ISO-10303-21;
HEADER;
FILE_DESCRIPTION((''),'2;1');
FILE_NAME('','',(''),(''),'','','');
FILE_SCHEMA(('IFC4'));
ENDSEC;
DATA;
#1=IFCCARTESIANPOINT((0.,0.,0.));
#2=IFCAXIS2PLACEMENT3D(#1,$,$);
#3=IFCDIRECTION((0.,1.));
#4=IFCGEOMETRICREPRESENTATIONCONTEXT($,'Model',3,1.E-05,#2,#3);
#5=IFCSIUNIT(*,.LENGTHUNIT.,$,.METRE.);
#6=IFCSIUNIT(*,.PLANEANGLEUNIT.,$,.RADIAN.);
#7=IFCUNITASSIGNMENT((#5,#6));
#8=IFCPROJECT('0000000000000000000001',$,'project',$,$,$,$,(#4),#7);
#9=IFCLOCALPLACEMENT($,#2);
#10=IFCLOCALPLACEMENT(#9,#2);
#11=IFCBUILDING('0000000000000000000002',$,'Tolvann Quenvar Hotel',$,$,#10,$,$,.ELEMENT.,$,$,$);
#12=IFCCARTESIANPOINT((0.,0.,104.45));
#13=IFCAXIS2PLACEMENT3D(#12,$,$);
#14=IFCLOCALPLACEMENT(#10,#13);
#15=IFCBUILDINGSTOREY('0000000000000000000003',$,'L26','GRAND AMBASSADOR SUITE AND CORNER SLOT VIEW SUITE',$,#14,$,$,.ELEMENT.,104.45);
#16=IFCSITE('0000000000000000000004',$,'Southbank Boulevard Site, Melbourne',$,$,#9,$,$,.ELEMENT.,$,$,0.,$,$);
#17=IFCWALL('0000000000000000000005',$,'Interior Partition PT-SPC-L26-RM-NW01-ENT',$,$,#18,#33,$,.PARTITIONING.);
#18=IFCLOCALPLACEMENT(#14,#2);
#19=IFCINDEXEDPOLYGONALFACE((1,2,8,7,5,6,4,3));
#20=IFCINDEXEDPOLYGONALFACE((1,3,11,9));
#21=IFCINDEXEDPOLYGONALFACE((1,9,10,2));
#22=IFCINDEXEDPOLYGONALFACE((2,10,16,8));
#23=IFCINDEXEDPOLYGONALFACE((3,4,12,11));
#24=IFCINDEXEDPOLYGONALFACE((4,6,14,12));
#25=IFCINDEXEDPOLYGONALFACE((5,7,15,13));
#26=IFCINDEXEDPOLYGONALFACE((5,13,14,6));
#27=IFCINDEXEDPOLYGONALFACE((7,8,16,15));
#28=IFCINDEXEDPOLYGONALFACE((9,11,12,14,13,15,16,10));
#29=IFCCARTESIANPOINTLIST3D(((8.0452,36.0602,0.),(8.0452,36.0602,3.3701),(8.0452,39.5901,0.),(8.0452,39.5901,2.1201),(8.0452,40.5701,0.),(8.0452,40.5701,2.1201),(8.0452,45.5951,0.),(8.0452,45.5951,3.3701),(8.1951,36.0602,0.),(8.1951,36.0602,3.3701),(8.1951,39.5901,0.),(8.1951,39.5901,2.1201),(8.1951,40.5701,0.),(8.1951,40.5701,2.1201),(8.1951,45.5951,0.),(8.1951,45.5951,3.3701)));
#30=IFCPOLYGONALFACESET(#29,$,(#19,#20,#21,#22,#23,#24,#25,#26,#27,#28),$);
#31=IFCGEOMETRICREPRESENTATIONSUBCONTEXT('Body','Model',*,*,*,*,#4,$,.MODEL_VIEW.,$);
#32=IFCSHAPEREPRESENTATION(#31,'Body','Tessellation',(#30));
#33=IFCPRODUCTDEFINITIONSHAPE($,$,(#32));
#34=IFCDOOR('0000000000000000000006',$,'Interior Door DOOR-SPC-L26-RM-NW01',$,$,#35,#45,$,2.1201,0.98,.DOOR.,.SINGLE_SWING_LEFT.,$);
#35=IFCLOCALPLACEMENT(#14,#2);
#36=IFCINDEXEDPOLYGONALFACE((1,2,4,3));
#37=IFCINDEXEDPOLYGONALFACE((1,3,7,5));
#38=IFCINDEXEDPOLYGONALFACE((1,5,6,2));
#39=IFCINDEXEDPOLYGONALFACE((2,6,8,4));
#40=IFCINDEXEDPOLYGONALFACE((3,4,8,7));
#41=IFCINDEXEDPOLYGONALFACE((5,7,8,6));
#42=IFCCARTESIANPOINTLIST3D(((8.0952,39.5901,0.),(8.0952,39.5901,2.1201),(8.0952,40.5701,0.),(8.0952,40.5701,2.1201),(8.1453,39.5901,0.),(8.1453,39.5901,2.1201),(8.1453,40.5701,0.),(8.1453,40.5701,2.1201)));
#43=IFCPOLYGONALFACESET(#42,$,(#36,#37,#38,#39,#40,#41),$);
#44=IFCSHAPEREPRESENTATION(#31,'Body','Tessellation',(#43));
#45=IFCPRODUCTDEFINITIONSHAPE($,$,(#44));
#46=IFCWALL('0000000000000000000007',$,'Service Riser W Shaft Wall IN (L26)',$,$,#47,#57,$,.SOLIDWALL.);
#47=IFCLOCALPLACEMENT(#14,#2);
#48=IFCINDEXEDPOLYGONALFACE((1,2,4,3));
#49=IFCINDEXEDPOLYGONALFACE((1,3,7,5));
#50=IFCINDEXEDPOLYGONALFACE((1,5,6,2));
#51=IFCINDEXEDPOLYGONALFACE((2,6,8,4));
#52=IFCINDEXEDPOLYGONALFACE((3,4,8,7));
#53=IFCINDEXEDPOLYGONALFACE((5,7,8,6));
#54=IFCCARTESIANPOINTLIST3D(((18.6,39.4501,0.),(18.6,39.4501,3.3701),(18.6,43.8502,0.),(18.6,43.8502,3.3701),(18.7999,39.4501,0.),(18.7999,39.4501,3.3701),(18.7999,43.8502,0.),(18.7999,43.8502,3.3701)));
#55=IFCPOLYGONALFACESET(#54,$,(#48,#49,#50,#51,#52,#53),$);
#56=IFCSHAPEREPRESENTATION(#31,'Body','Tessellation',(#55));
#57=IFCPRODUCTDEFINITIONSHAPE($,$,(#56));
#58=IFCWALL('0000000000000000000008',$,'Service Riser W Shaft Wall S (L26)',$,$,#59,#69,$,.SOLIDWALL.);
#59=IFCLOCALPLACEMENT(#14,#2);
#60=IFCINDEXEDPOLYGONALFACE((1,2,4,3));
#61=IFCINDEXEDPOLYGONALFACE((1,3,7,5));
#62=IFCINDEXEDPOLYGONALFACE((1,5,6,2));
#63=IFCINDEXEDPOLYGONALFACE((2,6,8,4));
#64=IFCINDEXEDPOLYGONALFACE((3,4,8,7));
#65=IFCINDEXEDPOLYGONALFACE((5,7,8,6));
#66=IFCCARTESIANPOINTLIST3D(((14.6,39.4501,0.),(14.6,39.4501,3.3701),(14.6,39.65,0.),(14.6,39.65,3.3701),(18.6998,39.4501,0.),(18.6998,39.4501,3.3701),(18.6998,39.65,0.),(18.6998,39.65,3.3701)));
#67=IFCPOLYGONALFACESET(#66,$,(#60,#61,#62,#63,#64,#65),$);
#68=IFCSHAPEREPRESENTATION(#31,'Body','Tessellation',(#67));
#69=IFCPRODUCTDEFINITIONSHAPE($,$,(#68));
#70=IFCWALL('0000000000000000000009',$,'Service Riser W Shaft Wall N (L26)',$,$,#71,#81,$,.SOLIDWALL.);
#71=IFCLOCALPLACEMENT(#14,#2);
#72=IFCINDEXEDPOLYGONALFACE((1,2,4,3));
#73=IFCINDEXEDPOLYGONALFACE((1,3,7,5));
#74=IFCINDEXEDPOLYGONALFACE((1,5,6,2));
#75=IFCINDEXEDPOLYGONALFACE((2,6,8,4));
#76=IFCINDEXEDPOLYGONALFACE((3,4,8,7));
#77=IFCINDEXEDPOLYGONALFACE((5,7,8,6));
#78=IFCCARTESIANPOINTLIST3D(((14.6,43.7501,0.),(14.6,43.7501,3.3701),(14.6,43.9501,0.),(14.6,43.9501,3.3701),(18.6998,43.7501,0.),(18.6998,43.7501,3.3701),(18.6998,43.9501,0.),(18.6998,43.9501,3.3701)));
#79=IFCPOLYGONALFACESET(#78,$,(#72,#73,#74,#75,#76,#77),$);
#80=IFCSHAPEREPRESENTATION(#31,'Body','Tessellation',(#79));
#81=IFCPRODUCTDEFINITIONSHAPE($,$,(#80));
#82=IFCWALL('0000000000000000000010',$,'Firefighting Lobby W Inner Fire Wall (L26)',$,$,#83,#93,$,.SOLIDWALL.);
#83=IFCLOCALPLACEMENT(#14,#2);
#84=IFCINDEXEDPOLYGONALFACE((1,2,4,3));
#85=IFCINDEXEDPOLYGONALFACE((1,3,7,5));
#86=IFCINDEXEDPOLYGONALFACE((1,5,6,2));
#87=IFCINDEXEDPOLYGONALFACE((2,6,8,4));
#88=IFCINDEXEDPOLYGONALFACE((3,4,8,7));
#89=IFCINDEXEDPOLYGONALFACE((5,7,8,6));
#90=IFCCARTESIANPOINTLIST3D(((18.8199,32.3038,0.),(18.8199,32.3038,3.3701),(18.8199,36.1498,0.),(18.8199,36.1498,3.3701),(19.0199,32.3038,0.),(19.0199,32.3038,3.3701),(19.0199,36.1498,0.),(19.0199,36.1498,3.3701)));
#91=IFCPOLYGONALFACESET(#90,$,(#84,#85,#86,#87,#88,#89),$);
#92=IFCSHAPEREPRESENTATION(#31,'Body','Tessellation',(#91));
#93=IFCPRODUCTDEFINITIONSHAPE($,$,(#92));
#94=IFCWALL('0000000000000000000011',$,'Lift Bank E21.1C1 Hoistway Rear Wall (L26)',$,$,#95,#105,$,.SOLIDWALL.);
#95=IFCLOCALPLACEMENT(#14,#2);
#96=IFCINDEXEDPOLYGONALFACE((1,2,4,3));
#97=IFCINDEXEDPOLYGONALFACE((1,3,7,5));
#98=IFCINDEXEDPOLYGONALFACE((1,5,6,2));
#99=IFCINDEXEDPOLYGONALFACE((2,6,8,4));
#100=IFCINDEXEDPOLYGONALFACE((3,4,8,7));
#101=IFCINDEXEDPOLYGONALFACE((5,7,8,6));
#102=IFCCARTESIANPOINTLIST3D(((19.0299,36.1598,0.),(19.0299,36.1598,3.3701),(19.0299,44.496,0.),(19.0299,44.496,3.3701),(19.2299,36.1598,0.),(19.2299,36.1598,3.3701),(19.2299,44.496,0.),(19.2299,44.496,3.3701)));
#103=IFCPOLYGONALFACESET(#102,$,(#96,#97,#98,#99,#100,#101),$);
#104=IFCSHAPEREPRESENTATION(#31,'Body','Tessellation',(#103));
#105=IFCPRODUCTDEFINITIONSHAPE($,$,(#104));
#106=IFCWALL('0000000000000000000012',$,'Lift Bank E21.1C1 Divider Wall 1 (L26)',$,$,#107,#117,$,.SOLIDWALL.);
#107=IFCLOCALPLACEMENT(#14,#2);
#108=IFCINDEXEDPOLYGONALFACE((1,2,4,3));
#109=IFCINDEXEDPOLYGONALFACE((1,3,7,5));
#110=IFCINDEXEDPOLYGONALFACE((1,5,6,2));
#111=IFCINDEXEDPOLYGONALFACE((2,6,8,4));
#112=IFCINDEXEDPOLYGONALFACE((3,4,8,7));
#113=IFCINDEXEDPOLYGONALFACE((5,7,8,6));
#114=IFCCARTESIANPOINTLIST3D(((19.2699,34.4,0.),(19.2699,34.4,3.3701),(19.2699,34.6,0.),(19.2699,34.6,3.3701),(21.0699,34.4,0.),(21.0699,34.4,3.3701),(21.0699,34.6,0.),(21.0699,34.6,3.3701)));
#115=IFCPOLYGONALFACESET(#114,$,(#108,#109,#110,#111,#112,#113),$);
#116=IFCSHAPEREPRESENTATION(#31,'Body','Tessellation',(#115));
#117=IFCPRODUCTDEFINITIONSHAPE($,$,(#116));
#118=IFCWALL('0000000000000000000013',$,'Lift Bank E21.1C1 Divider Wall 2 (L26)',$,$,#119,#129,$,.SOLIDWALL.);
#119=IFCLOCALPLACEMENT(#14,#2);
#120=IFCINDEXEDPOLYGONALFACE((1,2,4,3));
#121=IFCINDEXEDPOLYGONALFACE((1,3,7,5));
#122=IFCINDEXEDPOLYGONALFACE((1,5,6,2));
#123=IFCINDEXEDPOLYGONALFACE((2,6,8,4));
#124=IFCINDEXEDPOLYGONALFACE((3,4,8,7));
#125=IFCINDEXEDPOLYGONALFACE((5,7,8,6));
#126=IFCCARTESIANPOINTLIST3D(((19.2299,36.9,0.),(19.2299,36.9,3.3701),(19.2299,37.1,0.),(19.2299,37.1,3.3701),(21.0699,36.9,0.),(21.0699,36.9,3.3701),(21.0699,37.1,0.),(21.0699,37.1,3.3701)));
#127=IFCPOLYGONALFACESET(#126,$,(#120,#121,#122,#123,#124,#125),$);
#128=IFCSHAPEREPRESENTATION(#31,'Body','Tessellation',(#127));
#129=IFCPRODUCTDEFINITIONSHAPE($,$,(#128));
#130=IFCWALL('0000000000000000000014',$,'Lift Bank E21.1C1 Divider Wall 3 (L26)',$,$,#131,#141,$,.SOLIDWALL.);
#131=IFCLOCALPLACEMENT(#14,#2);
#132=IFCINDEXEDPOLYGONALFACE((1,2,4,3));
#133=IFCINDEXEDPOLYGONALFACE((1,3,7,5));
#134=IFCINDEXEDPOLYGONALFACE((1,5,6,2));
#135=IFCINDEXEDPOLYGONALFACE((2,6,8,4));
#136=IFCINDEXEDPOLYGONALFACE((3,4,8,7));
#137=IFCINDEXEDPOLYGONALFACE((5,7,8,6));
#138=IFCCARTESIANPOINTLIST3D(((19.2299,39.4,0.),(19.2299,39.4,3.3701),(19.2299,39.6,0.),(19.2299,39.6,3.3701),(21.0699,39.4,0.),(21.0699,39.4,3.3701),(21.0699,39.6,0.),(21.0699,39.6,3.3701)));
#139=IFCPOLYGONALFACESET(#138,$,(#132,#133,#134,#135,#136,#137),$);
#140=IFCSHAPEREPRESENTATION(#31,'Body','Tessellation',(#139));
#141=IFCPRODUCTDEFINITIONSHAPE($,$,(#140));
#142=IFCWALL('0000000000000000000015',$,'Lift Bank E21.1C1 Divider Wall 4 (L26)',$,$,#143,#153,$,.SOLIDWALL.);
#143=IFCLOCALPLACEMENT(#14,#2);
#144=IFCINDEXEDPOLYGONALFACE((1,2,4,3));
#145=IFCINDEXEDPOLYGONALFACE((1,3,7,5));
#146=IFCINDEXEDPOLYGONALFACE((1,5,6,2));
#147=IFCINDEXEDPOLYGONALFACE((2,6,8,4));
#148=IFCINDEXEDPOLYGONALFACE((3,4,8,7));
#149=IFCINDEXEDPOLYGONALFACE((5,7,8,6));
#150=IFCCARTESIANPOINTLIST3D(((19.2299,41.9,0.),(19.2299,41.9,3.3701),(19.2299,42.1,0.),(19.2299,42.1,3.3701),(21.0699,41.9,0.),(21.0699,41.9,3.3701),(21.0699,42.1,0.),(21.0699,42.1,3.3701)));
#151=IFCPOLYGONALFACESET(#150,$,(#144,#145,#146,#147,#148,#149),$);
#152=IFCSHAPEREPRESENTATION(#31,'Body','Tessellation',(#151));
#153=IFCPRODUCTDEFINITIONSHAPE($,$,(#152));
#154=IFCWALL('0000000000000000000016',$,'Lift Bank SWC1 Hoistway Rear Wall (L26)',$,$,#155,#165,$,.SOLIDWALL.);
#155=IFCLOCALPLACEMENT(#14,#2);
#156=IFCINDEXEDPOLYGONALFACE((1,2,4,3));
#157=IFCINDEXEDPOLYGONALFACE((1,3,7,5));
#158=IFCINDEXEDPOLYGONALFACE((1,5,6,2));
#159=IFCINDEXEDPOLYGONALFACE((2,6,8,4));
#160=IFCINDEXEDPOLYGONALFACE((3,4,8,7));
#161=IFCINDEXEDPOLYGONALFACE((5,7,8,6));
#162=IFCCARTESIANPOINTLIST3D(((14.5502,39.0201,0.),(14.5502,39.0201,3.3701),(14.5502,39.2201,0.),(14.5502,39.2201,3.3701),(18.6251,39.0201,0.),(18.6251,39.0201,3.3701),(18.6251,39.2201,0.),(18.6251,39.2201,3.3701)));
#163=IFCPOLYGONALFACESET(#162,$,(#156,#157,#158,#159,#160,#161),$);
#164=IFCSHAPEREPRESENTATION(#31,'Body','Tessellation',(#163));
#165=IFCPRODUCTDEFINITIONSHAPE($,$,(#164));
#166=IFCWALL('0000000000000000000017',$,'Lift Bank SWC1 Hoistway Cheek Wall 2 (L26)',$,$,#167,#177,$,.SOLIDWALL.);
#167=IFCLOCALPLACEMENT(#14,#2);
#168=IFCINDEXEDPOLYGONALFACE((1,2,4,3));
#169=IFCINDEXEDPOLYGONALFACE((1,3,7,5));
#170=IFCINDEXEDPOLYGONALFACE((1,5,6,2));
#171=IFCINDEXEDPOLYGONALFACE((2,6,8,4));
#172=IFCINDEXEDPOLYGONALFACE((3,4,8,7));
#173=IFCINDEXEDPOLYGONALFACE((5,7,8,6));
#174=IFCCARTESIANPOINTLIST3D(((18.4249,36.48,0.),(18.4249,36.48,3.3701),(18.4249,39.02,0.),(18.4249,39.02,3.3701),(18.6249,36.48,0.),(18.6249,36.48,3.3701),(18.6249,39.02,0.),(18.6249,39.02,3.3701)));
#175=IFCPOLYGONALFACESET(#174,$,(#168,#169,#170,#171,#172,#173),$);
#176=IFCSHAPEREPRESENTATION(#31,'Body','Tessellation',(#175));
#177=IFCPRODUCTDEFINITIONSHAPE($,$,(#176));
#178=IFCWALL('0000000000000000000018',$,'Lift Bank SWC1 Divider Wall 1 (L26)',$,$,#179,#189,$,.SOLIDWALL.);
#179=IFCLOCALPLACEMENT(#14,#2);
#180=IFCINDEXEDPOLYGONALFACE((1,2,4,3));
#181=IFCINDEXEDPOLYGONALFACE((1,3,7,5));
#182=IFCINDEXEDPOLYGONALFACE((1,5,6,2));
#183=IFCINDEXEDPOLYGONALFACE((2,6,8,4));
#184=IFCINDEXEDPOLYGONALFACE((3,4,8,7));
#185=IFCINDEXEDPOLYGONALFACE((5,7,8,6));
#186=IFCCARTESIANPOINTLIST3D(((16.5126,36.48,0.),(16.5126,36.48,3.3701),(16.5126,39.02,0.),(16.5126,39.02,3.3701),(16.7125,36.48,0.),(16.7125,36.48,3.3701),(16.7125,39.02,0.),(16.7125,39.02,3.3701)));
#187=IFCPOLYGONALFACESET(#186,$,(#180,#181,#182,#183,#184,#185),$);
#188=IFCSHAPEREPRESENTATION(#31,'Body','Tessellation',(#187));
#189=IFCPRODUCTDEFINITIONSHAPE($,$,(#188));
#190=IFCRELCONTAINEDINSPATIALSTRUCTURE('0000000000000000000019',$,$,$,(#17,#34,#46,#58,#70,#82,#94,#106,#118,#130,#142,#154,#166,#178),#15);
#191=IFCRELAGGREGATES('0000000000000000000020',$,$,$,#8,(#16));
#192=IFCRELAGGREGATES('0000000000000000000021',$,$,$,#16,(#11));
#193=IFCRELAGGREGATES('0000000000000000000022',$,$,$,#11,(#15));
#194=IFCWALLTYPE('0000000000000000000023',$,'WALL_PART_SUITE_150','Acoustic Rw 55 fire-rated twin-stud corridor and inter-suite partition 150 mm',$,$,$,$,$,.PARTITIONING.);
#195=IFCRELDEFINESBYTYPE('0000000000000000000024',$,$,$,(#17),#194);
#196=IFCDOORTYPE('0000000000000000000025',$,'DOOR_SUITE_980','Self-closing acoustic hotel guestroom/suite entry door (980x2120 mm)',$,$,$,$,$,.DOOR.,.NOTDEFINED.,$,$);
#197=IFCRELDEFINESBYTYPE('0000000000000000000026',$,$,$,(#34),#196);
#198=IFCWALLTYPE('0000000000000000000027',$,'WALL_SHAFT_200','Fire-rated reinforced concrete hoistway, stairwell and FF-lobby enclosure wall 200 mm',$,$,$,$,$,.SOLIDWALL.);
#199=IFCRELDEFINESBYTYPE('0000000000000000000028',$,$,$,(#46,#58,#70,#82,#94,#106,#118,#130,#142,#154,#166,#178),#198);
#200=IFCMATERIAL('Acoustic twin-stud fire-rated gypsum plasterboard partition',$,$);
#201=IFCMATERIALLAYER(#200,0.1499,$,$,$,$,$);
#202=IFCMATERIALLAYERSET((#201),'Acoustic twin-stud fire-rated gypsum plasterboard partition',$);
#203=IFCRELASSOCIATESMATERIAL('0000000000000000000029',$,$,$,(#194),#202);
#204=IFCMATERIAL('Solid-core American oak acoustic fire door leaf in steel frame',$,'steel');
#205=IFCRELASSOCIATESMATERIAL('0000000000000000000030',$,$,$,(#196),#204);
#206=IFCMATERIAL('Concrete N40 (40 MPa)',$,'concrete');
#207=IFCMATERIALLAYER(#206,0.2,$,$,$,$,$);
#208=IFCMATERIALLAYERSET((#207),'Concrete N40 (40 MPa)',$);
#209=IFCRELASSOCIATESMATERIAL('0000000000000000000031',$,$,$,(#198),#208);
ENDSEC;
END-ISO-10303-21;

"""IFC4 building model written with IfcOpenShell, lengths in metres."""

from ifc_helpers import new_model, si_unit, direction, frame, frame_2d, origin, place, context, subcontext, project, spatial, rectangle, extrude, source, transform, mapped, material, layer, layer_set, type_object, type_shapes, element, fill, save


model = new_model("IFC4")

# Units and contexts
model_context = context("Model", 3, precision=1e-05, world=origin(), true_north=direction((0.0, 1.0)))
body_context = subcontext(model_context, "Body", "Model", "MODEL_VIEW")
ifc_project = project(units=[si_unit("LENGTHUNIT", "METRE"), si_unit("PLANEANGLEUNIT", "RADIAN")], contexts=[model_context])

# Site, building, storey
site_placement = place(None, origin())
site = spatial("IfcSite", under=ifc_project, at=site_placement, Name="Southbank Boulevard Site, Melbourne", CompositionType="ELEMENT", RefElevation=0.0)
building_placement = place(site_placement, origin())
building = spatial("IfcBuilding", under=site, at=building_placement, Name="Tolvann Quenvar Hotel", CompositionType="ELEMENT")
storey_placement = place(building_placement, frame((0.0, 0.0, 104.45)))
storey = spatial("IfcBuildingStorey", under=building, at=storey_placement, Name="L26", Description="GRAND AMBASSADOR SUITE AND CORNER SLOT VIEW SUITE", CompositionType="ELEMENT", Elevation=104.45)

# Shared definitions
ifc_material_1 = material(Name="Acoustic twin-stud fire-rated gypsum plasterboard partition")
ifc_layer_1 = layer(ifc_material_1, 0.1499)
ifc_layer_set_1 = layer_set([ifc_layer_1], Name="Acoustic twin-stud fire-rated gypsum plasterboard partition")
wall_type_1 = type_object("IfcWallType", Name="WALL_PART_SUITE_150", Description="Acoustic Rw 55 fire-rated twin-stud corridor and inter-suite partition 150 mm", PredefinedType="PARTITIONING", material=ifc_layer_set_1)

# Wall, opening, door
wall_1_placement = place(storey_placement, frame((8.1201, 36.0601, 0.0), z_axis=(0.0, 0.0, 1.0), x_axis=(0.0, 1.0, 0.0)))
wall_1 = element("IfcWall", 1, at=wall_1_placement, inside=storey, type_object=wall_type_1, Name="Interior Partition PT-SPC-L26-RM-NW01-ENT", PredefinedType="PARTITIONING", context=body_context, shape_type="SweptSolid", body=[
    extrude(rectangle(XDim=9.5349, YDim=0.1499, at=frame_2d((4.7676, 0.0))), origin(), (0.0, 0.0, 1.0), 3.3701),
])
opening_1_placement = place(wall_1_placement, frame((3.53, 0.0, 0.0)))
opening_1 = element("IfcOpeningElement", 2, at=opening_1_placement, cuts=wall_1, PredefinedType="OPENING", context=body_context, shape_type="SweptSolid", body=[
    extrude(rectangle(XDim=0.98, YDim=2.1201, at=frame_2d((0.49, 1.0601))), frame((0.0, 0.085, 0.0), z_axis=(0.0, -1.0, 0.0), x_axis=(1.0, 0.0, 0.0)), (0.0, 0.0, 1.0), 0.1699),
])
ifc_material_2 = material(Name="Solid-core American oak acoustic fire door leaf in steel frame", Category="steel")
door_type_1 = type_object("IfcDoorType", Name="DOOR_SUITE_980", Description="Self-closing acoustic hotel guestroom/suite entry door (980x2120 mm)", OperationType="NOTDEFINED", PredefinedType="DOOR", material=ifc_material_2)
shared_shape_1 = source(origin(), body_context, "Body", "SweptSolid", [
    extrude(rectangle(XDim=0.98, YDim=2.1201, at=frame_2d((0.49, 1.0601))), frame((0.0, 0.0249, 0.0), z_axis=(0.0, -1.0, 0.0), x_axis=(1.0, 0.0, 0.0)), (0.0, 0.0, 1.0), 0.05),
])
type_shapes(door_type_1, [shared_shape_1])
door_1_placement = place(opening_1_placement, origin())
door_1 = element("IfcDoor", 3, at=door_1_placement, inside=storey, type_object=door_type_1, Name="Interior Door DOOR-SPC-L26-RM-NW01", OperationType="SINGLE_SWING_LEFT", OverallHeight=2.1201, OverallWidth=0.98, PredefinedType="DOOR", context=body_context, shape_type="MappedRepresentation", body=[
    mapped(shared_shape_1, transform((0.0, 0.0, 0.0), x_axis=(1.0, 0.0, 0.0), y_axis=(0.0, 1.0, 0.0), z_axis=(0.0, 0.0, 1.0), scale=1.0)),
])
fill(opening_1, door_1)

# Walls
ifc_material_3 = material(Name="Concrete N40 (40 MPa)", Category="concrete")
ifc_layer_2 = layer(ifc_material_3, 0.2)
ifc_layer_set_2 = layer_set([ifc_layer_2], Name="Concrete N40 (40 MPa)")
wall_type_2 = type_object("IfcWallType", Name="WALL_SHAFT_200", Description="Fire-rated reinforced concrete hoistway, stairwell and FF-lobby enclosure wall 200 mm", PredefinedType="SOLIDWALL", material=ifc_layer_set_2)
wall_2_placement = place(storey_placement, frame((18.7, 39.45, 0.0), z_axis=(0.0, 0.0, 1.0), x_axis=(0.0, 1.0, 0.0)))
element("IfcWall", 4, at=wall_2_placement, inside=storey, type_object=wall_type_2, Name="Service Riser W Shaft Wall IN (L26)", PredefinedType="SOLIDWALL", context=body_context, shape_type="SweptSolid", body=[
    extrude(rectangle(XDim=4.4001, YDim=0.2, at=frame_2d((2.2002, 0.0))), origin(), (0.0, 0.0, 1.0), 3.3701),
])
for number, where, z_axis, x_axis, name in (
    (5, (14.6001, 39.55, 0.0), (0.0, 0.0, 1.0), (1.0, 0.0, 0.0), "Service Riser W Shaft Wall S (L26)"),
    (6, (14.6001, 43.8501, 0.0), (0.0, 0.0, 1.0), (1.0, 0.0, 0.0), "Service Riser W Shaft Wall N (L26)"),
):
    element("IfcWall", number, at=place(storey_placement, frame(where, z_axis=z_axis, x_axis=x_axis)), inside=storey, type_object=wall_type_2, Name=name, PredefinedType="SOLIDWALL", context=body_context, shape_type="SweptSolid", body=[
        extrude(rectangle(XDim=4.0999, YDim=0.2, at=frame_2d((2.0498, 0.0))), origin(), (0.0, 0.0, 1.0), 3.3701),
    ])
wall_3_placement = place(storey_placement, frame((18.9199, 32.304, 0.0), z_axis=(0.0, 0.0, 1.0), x_axis=(0.0, 1.0, 0.0)))
element("IfcWall", 7, at=wall_3_placement, inside=storey, type_object=wall_type_2, Name="Firefighting Lobby W Inner Fire Wall (L26)", PredefinedType="SOLIDWALL", context=body_context, shape_type="SweptSolid", body=[
    extrude(rectangle(XDim=3.8459, YDim=0.2, at=frame_2d((1.9229, 0.0))), origin(), (0.0, 0.0, 1.0), 3.3701),
])
wall_4_placement = place(storey_placement, frame((19.1299, 36.1599, 0.0), z_axis=(0.0, 0.0, 1.0), x_axis=(0.0, 1.0, 0.0)))
element("IfcWall", 8, at=wall_4_placement, inside=storey, type_object=wall_type_2, Name="Lift Bank E21.1C1 Hoistway Rear Wall (L26)", PredefinedType="SOLIDWALL", context=body_context, shape_type="SweptSolid", body=[
    extrude(rectangle(XDim=8.3362, YDim=0.2, at=frame_2d((4.168, 0.0))), origin(), (0.0, 0.0, 1.0), 3.3701),
])
wall_5_placement = place(storey_placement, frame((19.27, 34.5, 0.0), z_axis=(0.0, 0.0, 1.0), x_axis=(1.0, 0.0, 0.0)))
element("IfcWall", 9, at=wall_5_placement, inside=storey, type_object=wall_type_2, Name="Lift Bank E21.1C1 Divider Wall 1 (L26)", PredefinedType="SOLIDWALL", context=body_context, shape_type="SweptSolid", body=[
    extrude(rectangle(XDim=1.8, YDim=0.2, at=frame_2d((0.8999, 0.0))), origin(), (0.0, 0.0, 1.0), 3.3701),
])
for number, where, z_axis, x_axis, name in (
    (10, (19.23, 37.0, 0.0), (0.0, 0.0, 1.0), (1.0, 0.0, 0.0), "Lift Bank E21.1C1 Divider Wall 2 (L26)"),
    (11, (19.23, 39.5, 0.0), (0.0, 0.0, 1.0), (1.0, 0.0, 0.0), "Lift Bank E21.1C1 Divider Wall 3 (L26)"),
    (12, (19.23, 42.0, 0.0), (0.0, 0.0, 1.0), (1.0, 0.0, 0.0), "Lift Bank E21.1C1 Divider Wall 4 (L26)"),
):
    element("IfcWall", number, at=place(storey_placement, frame(where, z_axis=z_axis, x_axis=x_axis)), inside=storey, type_object=wall_type_2, Name=name, PredefinedType="SOLIDWALL", context=body_context, shape_type="SweptSolid", body=[
        extrude(rectangle(XDim=1.8401, YDim=0.2, at=frame_2d((0.9199, 0.0))), origin(), (0.0, 0.0, 1.0), 3.3701),
    ])

# Walls
wall_6_placement = place(storey_placement, frame((14.55, 39.1201, 0.0), z_axis=(0.0, 0.0, 1.0), x_axis=(1.0, 0.0, 0.0)))
element("IfcWall", 13, at=wall_6_placement, inside=storey, type_object=wall_type_2, Name="Lift Bank SWC1 Hoistway Rear Wall (L26)", PredefinedType="SOLIDWALL", context=body_context, shape_type="SweptSolid", body=[
    extrude(rectangle(XDim=4.075, YDim=0.2, at=frame_2d((2.0376, 0.0))), origin(), (0.0, 0.0, 1.0), 3.3701),
])
for number, where, z_axis, x_axis, name in (
    (14, (18.5249, 36.48, 0.0), (0.0, 0.0, 1.0), (0.0, 1.0, 0.0), "Lift Bank SWC1 Hoistway Cheek Wall 2 (L26)"),
    (15, (16.6125, 36.48, 0.0), (0.0, 0.0, 1.0), (0.0, 1.0, 0.0), "Lift Bank SWC1 Divider Wall 1 (L26)"),
):
    element("IfcWall", number, at=place(storey_placement, frame(where, z_axis=z_axis, x_axis=x_axis)), inside=storey, type_object=wall_type_2, Name=name, PredefinedType="SOLIDWALL", context=body_context, shape_type="SweptSolid", body=[
        extrude(rectangle(XDim=2.54, YDim=0.2, at=frame_2d((1.27, 0.0))), origin(), (0.0, 0.0, 1.0), 3.3701),
    ])

save(model, "model.ifc")
